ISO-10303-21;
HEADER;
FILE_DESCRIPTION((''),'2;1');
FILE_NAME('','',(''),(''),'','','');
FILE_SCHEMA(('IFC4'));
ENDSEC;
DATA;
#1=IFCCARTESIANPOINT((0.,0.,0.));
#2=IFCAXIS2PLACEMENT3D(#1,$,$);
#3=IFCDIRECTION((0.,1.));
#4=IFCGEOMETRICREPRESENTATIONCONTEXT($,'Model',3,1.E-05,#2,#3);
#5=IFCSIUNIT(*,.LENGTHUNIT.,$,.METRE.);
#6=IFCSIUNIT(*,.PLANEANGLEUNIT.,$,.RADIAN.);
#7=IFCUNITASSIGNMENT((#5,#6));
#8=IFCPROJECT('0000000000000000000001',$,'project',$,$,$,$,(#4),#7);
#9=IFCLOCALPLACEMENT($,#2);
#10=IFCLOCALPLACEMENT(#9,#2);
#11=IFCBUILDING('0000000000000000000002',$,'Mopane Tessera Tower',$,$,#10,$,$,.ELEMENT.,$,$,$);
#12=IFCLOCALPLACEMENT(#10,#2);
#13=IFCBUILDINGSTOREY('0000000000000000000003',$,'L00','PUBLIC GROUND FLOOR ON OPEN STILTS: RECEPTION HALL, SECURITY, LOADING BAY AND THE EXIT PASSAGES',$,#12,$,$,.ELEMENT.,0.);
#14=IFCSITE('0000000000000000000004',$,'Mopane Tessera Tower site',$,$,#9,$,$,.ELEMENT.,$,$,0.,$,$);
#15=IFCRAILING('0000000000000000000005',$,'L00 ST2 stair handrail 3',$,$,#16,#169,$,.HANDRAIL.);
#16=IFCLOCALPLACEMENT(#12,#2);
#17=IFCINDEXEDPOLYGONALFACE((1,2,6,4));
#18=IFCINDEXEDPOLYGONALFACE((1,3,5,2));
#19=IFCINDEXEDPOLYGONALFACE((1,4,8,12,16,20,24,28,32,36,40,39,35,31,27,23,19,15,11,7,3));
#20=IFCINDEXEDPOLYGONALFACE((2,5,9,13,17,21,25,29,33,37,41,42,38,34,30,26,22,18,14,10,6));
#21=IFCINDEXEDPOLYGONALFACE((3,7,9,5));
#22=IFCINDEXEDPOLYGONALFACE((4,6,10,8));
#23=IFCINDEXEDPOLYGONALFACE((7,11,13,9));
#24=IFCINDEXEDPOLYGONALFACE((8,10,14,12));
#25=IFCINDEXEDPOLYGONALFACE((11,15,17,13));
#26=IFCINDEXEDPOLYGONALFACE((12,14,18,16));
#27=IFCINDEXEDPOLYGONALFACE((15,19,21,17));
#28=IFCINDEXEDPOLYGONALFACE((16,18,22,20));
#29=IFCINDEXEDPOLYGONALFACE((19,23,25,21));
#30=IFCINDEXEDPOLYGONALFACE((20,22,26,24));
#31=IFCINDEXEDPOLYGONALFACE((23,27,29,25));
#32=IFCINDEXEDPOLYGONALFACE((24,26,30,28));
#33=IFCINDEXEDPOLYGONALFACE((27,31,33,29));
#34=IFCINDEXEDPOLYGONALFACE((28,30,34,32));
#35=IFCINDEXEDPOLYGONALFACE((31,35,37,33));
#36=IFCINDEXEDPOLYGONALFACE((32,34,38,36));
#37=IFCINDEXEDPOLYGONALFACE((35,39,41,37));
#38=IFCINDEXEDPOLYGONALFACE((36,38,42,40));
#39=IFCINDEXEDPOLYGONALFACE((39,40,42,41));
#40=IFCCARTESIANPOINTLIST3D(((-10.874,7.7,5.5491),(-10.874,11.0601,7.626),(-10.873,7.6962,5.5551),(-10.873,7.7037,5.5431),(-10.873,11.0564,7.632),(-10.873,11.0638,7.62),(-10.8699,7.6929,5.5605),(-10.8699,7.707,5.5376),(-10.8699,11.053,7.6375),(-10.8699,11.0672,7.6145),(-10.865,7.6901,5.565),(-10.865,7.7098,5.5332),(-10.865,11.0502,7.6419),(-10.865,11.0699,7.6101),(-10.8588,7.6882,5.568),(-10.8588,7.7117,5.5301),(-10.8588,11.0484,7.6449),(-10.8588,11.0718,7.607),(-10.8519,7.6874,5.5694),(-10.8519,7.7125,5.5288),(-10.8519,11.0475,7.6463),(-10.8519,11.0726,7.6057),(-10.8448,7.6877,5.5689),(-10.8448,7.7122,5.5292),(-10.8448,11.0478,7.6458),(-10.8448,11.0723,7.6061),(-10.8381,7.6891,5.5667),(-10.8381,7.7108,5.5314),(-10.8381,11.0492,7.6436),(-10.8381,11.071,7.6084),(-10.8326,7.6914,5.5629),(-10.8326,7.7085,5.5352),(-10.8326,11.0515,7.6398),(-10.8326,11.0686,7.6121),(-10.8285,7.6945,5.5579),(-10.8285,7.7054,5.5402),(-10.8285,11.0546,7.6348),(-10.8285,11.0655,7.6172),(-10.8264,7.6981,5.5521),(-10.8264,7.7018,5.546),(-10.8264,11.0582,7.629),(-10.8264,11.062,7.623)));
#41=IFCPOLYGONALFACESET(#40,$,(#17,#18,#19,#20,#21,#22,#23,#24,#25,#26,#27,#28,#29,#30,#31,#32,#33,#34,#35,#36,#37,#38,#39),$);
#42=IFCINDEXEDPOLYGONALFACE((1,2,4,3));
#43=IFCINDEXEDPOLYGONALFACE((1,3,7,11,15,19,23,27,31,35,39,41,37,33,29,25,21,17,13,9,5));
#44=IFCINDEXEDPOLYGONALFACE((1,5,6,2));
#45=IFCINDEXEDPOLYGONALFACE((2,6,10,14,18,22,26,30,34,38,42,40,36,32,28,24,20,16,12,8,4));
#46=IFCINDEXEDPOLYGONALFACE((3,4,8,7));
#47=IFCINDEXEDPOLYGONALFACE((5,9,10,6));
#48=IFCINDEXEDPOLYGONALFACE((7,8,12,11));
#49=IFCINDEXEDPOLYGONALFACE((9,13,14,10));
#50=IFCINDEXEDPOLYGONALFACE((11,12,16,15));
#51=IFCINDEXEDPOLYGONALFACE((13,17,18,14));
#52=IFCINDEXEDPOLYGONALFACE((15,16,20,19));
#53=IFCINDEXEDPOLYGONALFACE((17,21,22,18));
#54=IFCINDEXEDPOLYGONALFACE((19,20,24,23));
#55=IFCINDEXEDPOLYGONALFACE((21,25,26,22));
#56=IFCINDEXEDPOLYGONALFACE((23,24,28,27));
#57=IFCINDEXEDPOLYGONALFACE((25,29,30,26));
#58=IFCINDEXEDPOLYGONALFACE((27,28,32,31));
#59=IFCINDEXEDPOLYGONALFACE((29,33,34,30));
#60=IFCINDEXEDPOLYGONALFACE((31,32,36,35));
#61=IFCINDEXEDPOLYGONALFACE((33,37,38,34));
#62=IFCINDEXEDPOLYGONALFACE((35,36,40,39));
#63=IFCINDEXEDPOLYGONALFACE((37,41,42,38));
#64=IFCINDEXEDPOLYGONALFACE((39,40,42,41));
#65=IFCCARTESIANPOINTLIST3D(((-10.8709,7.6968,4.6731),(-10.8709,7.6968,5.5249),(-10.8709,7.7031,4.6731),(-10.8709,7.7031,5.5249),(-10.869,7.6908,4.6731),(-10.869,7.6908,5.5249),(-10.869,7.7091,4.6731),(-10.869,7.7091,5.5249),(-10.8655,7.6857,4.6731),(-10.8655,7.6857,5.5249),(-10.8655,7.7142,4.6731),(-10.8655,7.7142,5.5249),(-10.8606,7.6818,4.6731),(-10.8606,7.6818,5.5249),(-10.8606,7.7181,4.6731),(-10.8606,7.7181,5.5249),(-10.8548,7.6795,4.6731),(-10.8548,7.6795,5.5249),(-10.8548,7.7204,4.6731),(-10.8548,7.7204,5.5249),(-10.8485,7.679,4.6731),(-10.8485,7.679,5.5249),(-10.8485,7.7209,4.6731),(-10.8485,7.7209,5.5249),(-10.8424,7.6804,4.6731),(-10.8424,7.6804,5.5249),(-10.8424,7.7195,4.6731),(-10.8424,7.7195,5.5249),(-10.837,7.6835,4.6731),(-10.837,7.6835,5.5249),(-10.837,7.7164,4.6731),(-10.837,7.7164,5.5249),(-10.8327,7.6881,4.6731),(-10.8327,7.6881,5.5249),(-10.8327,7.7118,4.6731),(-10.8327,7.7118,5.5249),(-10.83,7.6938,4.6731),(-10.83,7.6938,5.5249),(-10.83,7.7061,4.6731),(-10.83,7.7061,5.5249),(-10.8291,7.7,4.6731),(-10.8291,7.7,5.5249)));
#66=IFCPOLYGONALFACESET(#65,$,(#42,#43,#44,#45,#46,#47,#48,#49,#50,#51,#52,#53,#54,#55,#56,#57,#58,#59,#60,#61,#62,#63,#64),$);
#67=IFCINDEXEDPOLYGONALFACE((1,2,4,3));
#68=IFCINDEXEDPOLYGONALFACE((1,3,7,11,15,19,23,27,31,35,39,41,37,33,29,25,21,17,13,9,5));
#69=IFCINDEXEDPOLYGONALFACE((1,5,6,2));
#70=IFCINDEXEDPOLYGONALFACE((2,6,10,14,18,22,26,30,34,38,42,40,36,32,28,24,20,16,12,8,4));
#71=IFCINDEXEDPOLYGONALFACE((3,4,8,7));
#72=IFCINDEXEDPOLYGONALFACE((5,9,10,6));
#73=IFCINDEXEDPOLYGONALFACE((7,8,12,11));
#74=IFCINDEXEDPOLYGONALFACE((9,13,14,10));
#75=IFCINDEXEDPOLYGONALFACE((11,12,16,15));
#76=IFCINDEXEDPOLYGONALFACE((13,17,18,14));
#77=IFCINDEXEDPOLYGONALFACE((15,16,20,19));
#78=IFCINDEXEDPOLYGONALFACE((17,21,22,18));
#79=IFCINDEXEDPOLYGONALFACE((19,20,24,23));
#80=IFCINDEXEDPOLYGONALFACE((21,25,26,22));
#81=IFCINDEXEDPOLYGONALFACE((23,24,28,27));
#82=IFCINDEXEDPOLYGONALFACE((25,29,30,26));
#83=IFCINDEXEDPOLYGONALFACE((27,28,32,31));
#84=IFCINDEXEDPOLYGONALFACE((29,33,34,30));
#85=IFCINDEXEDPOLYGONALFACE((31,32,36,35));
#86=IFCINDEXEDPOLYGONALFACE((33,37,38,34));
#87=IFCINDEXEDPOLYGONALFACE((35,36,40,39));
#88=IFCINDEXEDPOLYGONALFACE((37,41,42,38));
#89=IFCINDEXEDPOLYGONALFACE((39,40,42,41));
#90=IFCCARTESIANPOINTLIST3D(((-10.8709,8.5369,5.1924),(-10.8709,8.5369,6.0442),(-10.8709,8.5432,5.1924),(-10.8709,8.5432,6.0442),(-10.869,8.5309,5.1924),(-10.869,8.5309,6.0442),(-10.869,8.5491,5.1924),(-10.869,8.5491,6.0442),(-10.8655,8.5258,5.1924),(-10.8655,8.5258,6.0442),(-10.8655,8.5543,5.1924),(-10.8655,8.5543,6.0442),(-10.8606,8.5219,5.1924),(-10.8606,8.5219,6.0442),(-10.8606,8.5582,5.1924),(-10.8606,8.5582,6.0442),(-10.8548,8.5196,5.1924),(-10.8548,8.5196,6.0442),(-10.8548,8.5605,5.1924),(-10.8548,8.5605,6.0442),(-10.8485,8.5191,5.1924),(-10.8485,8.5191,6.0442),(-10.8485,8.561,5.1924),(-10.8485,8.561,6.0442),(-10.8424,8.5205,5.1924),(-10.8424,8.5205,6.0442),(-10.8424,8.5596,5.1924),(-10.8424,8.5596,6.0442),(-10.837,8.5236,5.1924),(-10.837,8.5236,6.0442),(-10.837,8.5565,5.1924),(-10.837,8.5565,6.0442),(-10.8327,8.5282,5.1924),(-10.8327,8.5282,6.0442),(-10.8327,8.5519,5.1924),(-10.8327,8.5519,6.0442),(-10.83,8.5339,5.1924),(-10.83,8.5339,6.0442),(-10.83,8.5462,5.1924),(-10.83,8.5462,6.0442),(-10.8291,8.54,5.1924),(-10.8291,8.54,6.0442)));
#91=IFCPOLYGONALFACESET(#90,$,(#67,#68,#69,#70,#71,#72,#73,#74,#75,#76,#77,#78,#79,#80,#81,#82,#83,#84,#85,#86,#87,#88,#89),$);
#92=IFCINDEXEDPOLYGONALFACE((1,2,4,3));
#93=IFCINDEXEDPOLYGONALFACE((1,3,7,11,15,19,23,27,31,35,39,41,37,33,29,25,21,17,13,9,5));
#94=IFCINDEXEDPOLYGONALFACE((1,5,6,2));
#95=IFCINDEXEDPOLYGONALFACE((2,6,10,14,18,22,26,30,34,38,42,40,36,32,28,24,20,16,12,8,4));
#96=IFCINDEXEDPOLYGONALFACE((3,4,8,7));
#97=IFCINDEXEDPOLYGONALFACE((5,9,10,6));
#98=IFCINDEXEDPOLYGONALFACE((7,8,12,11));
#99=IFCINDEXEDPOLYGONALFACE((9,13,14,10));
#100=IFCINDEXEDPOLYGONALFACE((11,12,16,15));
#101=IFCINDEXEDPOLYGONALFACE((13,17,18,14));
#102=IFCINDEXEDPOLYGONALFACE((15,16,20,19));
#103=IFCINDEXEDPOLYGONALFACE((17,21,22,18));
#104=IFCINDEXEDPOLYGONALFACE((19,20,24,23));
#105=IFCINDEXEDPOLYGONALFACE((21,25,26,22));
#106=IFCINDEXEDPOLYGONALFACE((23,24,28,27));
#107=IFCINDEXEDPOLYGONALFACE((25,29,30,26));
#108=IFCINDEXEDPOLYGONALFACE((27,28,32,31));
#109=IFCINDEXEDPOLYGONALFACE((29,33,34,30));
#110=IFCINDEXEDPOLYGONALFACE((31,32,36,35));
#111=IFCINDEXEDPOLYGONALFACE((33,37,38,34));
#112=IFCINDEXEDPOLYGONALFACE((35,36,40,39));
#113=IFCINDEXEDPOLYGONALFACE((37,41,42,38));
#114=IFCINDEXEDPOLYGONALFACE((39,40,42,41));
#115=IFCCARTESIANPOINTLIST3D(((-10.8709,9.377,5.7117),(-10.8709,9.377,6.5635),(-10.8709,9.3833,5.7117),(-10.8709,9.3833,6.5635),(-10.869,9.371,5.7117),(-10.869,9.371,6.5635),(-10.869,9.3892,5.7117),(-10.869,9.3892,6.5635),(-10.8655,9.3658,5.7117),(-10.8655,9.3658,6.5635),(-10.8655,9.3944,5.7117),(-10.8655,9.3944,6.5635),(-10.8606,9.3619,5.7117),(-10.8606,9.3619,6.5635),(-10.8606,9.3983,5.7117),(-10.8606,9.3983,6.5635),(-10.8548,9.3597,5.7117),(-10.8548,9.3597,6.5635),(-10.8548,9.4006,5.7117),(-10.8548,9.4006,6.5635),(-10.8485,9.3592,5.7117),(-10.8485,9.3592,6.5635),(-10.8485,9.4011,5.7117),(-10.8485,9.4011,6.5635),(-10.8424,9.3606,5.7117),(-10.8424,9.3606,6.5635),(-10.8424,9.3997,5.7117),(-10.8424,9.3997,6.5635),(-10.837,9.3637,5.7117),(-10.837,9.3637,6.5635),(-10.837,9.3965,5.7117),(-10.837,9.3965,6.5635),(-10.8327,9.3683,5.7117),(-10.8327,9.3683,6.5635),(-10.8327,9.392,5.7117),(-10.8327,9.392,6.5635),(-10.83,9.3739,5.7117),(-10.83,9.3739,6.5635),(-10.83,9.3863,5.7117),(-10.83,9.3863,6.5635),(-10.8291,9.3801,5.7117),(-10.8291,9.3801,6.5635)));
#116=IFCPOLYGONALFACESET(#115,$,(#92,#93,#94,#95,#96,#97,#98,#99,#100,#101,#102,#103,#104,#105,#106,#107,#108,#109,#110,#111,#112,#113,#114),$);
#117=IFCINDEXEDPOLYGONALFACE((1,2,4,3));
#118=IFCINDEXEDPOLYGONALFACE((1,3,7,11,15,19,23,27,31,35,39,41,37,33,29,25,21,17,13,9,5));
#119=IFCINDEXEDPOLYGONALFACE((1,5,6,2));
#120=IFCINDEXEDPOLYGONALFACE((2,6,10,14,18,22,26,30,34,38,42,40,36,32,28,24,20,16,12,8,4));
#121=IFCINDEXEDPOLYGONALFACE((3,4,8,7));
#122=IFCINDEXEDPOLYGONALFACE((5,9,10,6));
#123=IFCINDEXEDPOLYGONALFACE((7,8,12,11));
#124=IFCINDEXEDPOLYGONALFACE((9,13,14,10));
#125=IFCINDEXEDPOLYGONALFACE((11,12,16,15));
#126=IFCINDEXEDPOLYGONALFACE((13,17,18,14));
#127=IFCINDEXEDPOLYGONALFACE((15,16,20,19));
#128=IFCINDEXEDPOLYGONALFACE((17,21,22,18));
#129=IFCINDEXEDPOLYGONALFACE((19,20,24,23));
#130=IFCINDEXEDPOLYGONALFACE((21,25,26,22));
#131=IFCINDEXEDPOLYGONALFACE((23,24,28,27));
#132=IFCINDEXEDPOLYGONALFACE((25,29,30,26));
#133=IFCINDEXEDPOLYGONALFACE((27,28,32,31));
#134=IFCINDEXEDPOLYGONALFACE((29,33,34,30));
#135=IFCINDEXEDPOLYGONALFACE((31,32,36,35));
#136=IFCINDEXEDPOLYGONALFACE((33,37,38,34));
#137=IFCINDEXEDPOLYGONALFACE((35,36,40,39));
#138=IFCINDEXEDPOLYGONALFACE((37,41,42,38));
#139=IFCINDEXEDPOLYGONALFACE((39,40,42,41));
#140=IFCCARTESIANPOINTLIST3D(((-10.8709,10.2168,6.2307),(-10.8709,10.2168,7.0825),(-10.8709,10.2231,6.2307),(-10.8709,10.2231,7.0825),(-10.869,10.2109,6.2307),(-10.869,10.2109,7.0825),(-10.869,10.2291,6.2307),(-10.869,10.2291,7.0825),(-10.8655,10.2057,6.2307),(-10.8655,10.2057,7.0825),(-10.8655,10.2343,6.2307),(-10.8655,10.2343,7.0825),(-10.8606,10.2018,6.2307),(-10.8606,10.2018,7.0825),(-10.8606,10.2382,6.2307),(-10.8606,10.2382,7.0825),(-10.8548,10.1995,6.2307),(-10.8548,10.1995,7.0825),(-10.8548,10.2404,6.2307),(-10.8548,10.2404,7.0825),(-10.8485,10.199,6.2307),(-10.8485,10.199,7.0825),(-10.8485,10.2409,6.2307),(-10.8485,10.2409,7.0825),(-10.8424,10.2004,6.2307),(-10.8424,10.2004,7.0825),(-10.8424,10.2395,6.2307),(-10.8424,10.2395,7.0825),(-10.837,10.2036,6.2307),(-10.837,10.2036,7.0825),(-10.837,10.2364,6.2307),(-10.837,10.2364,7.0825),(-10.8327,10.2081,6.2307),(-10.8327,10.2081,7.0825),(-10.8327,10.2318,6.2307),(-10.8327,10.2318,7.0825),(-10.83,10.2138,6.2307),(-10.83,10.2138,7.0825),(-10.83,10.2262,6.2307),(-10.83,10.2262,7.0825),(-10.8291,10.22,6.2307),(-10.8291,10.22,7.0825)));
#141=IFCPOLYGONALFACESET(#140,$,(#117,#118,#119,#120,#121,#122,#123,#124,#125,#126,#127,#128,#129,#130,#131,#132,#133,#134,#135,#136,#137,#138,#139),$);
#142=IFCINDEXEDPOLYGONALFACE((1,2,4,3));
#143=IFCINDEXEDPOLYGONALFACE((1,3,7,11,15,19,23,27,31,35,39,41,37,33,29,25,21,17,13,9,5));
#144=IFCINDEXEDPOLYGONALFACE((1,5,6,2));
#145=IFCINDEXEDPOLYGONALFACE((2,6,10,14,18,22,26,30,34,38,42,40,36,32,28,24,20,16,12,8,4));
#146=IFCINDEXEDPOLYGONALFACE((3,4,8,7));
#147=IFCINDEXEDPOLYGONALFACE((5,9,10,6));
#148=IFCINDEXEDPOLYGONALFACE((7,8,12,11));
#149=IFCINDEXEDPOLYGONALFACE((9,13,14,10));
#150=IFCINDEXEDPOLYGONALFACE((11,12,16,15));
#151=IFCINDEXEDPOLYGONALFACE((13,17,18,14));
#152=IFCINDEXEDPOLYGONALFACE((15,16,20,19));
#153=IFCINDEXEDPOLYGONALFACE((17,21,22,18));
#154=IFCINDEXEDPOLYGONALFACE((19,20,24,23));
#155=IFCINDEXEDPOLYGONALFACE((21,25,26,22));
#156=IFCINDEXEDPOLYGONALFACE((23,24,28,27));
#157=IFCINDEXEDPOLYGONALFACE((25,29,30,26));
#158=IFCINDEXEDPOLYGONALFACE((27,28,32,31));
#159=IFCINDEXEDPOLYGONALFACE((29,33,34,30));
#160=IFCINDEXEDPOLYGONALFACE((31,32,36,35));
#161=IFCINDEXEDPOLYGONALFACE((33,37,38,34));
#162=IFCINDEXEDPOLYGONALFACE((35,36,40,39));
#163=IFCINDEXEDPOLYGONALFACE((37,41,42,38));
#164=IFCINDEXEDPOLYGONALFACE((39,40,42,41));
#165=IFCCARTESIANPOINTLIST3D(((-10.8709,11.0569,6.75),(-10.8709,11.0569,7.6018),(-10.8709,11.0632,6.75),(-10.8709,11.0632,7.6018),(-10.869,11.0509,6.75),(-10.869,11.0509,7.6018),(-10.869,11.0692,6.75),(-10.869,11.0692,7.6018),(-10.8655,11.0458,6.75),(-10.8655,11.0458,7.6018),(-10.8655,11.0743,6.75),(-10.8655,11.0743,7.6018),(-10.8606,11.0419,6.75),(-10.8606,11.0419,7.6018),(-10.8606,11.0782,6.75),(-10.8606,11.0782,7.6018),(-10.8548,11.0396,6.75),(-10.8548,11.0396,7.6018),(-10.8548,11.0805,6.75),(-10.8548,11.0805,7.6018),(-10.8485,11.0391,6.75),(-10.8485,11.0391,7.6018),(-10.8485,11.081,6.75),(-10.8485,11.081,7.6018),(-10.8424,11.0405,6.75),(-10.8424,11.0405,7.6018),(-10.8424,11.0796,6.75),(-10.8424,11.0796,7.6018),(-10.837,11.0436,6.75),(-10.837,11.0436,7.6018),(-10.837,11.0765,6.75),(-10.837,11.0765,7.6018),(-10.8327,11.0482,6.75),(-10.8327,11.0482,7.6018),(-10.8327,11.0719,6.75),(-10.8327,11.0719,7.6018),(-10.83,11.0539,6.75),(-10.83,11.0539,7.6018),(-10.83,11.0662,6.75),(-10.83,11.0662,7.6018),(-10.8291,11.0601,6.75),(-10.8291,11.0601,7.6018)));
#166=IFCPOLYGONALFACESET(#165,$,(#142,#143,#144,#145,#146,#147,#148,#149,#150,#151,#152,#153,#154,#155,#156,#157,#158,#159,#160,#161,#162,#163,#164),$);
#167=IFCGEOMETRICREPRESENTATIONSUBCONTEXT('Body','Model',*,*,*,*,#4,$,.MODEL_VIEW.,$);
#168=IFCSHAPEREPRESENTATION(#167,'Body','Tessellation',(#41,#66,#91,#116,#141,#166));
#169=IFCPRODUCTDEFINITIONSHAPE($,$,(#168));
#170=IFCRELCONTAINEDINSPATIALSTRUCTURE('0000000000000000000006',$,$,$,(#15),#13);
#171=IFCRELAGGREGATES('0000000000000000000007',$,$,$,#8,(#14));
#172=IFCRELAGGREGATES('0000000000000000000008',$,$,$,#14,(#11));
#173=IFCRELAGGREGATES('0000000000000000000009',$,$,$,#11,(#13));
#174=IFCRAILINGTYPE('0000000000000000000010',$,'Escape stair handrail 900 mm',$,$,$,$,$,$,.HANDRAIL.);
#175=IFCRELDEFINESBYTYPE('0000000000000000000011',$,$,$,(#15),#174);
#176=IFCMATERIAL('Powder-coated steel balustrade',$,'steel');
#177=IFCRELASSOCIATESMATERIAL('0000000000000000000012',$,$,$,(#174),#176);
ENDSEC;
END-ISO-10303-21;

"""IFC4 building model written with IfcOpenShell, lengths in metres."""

from ifc_helpers import new_model, si_unit, direction, frame, origin, origin_2d, place, context, subcontext, project, spatial, circle, extrude, material, type_object, element, save


model = new_model("IFC4")

# Units and contexts
model_context = context("Model", 3, precision=1e-05, world=origin(), true_north=direction((0.0, 1.0)))
body_context = subcontext(model_context, "Body", "Model", "MODEL_VIEW")
ifc_project = project(units=[si_unit("LENGTHUNIT", "METRE"), si_unit("PLANEANGLEUNIT", "RADIAN")], contexts=[model_context])

# Site, building, storey
site_placement = place(None, origin())
site = spatial("IfcSite", under=ifc_project, at=site_placement, Name="Mopane Tessera Tower site", CompositionType="ELEMENT", RefElevation=0.0)
building_placement = place(site_placement, origin())
building = spatial("IfcBuilding", under=site, at=building_placement, Name="Mopane Tessera Tower", CompositionType="ELEMENT")
storey_placement = place(building_placement, origin())
storey = spatial("IfcBuildingStorey", under=building, at=storey_placement, Name="L00", Description="PUBLIC GROUND FLOOR ON OPEN STILTS: RECEPTION HALL, SECURITY, LOADING BAY AND THE EXIT PASSAGES", CompositionType="ELEMENT", Elevation=0.0)

# Railing
ifc_material_1 = material(Name="Powder-coated steel balustrade", Category="steel")
railing_type_1 = type_object("IfcRailingType", Name="Escape stair handrail 900 mm", PredefinedType="HANDRAIL", material=ifc_material_1)
railing_1_placement = place(storey_placement, frame((-10.8501, 7.7, 4.6731)))
element("IfcRailing", 1, at=railing_1_placement, inside=storey, type_object=railing_type_1, Name="L00 ST2 stair handrail 3", PredefinedType="HANDRAIL", context=body_context, shape_type="SweptSolid", body=[
    extrude(circle(Radius=0.0239, at=origin_2d()), frame((0.0, 0.0, 0.876), z_axis=(0.0, 0.850623, 0.525776), x_axis=(-1.0, 0.0, 0.0)), (0.0, 0.0, 1.0), 3.9502),
    extrude(circle(Radius=0.021, at=origin_2d()), origin(), (0.0, 0.0, 1.0), 0.8518),
    extrude(circle(Radius=0.021, at=origin_2d()), frame((0.0, 0.8401, 0.5193)), (0.0, 0.0, 1.0), 0.8518),
    extrude(circle(Radius=0.021, at=origin_2d()), frame((0.0, 1.6802, 1.0386)), (0.0, 0.0, 1.0), 0.8518),
    extrude(circle(Radius=0.021, at=origin_2d()), frame((0.0, 2.52, 1.5576)), (0.0, 0.0, 1.0), 0.8518),
    extrude(circle(Radius=0.021, at=origin_2d()), frame((0.0, 3.3601, 2.0769)), (0.0, 0.0, 1.0), 0.8518),
])

save(model, "model.ifc")
